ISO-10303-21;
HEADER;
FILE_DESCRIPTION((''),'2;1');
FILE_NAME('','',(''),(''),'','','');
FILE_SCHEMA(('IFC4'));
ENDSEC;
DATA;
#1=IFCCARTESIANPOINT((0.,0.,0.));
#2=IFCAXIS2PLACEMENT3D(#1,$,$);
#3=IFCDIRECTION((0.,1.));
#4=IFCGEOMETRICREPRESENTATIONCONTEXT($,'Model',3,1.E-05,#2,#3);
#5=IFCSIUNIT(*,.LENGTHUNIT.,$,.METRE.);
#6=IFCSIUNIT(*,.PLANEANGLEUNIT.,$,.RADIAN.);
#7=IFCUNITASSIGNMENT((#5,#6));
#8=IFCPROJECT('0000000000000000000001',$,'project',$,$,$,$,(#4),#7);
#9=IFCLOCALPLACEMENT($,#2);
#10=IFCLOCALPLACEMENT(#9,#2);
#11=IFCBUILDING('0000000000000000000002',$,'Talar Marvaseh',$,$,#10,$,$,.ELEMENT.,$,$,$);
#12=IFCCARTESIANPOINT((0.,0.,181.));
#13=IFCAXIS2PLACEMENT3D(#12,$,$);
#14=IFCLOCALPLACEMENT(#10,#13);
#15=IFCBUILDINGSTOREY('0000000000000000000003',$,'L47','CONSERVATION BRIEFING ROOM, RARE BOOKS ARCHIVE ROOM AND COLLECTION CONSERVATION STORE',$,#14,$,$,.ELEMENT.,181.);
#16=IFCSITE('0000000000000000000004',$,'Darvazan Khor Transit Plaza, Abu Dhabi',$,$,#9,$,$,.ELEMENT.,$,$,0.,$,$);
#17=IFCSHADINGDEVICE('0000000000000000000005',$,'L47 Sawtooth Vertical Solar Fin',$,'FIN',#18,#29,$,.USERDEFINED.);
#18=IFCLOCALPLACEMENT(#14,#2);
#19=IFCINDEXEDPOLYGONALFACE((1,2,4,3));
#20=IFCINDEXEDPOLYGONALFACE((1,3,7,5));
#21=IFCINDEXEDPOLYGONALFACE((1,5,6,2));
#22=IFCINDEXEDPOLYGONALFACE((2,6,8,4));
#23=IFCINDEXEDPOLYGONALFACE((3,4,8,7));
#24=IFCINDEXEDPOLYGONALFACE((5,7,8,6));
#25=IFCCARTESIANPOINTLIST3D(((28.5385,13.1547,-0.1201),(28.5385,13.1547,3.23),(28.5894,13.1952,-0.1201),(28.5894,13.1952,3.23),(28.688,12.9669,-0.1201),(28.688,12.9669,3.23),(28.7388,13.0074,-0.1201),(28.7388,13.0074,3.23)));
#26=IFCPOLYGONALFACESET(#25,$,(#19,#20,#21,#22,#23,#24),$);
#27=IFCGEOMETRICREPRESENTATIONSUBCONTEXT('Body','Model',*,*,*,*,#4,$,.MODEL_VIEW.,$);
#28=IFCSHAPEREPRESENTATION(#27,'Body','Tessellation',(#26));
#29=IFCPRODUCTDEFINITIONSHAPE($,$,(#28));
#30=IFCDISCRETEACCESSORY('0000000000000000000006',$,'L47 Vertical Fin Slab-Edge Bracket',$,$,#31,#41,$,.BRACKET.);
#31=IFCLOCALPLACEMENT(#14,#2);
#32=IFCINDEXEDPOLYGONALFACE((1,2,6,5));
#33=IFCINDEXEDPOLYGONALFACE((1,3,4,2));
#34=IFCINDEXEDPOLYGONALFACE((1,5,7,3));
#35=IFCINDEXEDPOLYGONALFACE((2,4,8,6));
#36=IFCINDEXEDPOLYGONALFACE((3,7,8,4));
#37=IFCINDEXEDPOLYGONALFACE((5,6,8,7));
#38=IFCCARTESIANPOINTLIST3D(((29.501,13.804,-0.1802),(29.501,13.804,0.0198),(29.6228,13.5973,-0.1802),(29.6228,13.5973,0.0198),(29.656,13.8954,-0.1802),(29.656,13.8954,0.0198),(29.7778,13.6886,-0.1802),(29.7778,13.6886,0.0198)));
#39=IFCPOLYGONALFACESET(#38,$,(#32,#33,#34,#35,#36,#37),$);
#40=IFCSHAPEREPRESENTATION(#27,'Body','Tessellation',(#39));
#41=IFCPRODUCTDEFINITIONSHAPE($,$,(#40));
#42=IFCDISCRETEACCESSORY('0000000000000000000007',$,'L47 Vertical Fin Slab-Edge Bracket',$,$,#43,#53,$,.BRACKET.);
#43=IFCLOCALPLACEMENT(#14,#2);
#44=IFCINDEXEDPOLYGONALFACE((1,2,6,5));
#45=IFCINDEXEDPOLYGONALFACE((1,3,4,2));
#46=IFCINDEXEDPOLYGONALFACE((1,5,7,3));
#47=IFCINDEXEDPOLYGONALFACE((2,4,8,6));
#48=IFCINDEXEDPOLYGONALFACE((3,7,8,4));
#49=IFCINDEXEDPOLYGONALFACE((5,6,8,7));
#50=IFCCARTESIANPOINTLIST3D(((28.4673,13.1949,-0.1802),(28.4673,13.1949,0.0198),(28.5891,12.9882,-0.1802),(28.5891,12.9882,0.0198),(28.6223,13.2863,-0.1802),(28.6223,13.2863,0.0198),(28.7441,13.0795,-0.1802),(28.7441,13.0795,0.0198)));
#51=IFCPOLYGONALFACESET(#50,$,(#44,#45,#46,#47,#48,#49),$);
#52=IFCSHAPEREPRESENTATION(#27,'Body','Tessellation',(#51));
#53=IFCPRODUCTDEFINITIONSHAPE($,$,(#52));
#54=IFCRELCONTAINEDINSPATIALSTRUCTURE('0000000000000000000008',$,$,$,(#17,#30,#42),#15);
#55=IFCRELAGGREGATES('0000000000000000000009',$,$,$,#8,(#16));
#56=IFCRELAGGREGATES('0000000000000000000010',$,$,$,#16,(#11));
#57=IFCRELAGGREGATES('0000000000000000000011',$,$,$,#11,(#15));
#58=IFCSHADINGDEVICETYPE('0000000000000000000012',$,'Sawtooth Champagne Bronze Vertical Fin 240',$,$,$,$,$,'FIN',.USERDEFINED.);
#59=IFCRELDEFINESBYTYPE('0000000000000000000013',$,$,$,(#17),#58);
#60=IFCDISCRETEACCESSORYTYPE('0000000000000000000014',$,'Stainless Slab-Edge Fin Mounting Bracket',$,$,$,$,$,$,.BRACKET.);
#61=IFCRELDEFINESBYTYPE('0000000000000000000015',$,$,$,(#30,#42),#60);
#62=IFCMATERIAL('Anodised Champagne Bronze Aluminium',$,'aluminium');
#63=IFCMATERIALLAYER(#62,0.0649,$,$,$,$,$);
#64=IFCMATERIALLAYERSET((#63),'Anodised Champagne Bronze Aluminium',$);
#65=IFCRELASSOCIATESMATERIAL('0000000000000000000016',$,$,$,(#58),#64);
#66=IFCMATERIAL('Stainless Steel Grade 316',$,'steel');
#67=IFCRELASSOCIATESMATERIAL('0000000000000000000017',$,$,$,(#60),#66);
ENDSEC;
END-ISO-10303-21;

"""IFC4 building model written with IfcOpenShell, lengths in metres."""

from ifc_helpers import new_model, si_unit, direction, frame, origin, origin_2d, place, context, subcontext, project, spatial, rectangle, extrude, source, transform, mapped, material, layer, layer_set, type_object, type_shapes, element, save


model = new_model("IFC4")

# Units and contexts
model_context = context("Model", 3, precision=1e-05, world=origin(), true_north=direction((0.0, 1.0)))
body_context = subcontext(model_context, "Body", "Model", "MODEL_VIEW")
ifc_project = project(units=[si_unit("LENGTHUNIT", "METRE"), si_unit("PLANEANGLEUNIT", "RADIAN")], contexts=[model_context])

# Site, building, storey
site_placement = place(None, origin())
site = spatial("IfcSite", under=ifc_project, at=site_placement, Name="Darvazan Khor Transit Plaza, Abu Dhabi", CompositionType="ELEMENT", RefElevation=0.0)
building_placement = place(site_placement, origin())
building = spatial("IfcBuilding", under=site, at=building_placement, Name="Talar Marvaseh", CompositionType="ELEMENT")
storey_placement = place(building_placement, frame((0.0, 0.0, 181.0)))
storey = spatial("IfcBuildingStorey", under=building, at=storey_placement, Name="L47", Description="CONSERVATION BRIEFING ROOM, RARE BOOKS ARCHIVE ROOM AND COLLECTION CONSERVATION STORE", CompositionType="ELEMENT", Elevation=181.0)

# Shading device
ifc_material_1 = material(Name="Anodised Champagne Bronze Aluminium", Category="aluminium")
ifc_layer_1 = layer(ifc_material_1, 0.0649)
ifc_layer_set_1 = layer_set([ifc_layer_1], Name="Anodised Champagne Bronze Aluminium")
shading_device_type = type_object("IfcShadingDeviceType", Name="Sawtooth Champagne Bronze Vertical Fin 240", ElementType="FIN", PredefinedType="USERDEFINED", material=ifc_layer_set_1)
shared_shape_1 = source(origin(), body_context, "Body", "SweptSolid", [
    extrude(rectangle(XDim=0.24, YDim=0.0649, at=origin_2d()), origin(), (0.0, 0.0, 1.0), 3.3501),
])
type_shapes(shading_device_type, [shared_shape_1])
for number, where, z_axis, x_axis, name in (
    (1, (28.6387, 13.0811, -0.1201), (0.0, 0.0, 1.0), (0.622651, -0.782499, 0.0), "L47 Sawtooth Vertical Solar Fin"),
):
    element("IfcShadingDevice", number, at=place(storey_placement, frame(where, z_axis=z_axis, x_axis=x_axis)), inside=storey, type_object=shading_device_type, Name=name, ObjectType="FIN", PredefinedType="USERDEFINED", context=body_context, shape_type="MappedRepresentation", body=[
        mapped(shared_shape_1, transform((0.0, 0.0, 0.0), x_axis=(1.0, 0.0, 0.0), y_axis=(0.0, 1.0, 0.0), z_axis=(0.0, 0.0, 1.0), scale=1.0)),
    ])

# Discrete accessories
ifc_material_2 = material(Name="Stainless Steel Grade 316", Category="steel")
discrete_accessory_type = type_object("IfcDiscreteAccessoryType", Name="Stainless Slab-Edge Fin Mounting Bracket", PredefinedType="BRACKET", material=ifc_material_2)
shared_shape_2 = source(origin(), body_context, "Body", "SweptSolid", [
    extrude(rectangle(XDim=0.24, YDim=0.1799, at=origin_2d()), origin(), (0.0, 0.0, 1.0), 0.2),
])
type_shapes(discrete_accessory_type, [shared_shape_2])
for number, where, z_axis, x_axis, name in (
    (2, (29.6394, 13.7463, -0.1802), (0.0, 0.0, 1.0), (0.507689, -0.861541, 0.0), "L47 Vertical Fin Slab-Edge Bracket"),
    (3, (28.6057, 13.1372, -0.1802), (0.0, 0.0, 1.0), (0.507689, -0.861541, 0.0), "L47 Vertical Fin Slab-Edge Bracket"),
):
    element("IfcDiscreteAccessory", number, at=place(storey_placement, frame(where, z_axis=z_axis, x_axis=x_axis)), inside=storey, type_object=discrete_accessory_type, Name=name, PredefinedType="BRACKET", context=body_context, shape_type="MappedRepresentation", body=[
        mapped(shared_shape_2, transform((0.0, 0.0, 0.0), x_axis=(1.0, 0.0, 0.0), y_axis=(0.0, 1.0, 0.0), z_axis=(0.0, 0.0, 1.0), scale=1.0)),
    ])

save(model, "model.ifc")
